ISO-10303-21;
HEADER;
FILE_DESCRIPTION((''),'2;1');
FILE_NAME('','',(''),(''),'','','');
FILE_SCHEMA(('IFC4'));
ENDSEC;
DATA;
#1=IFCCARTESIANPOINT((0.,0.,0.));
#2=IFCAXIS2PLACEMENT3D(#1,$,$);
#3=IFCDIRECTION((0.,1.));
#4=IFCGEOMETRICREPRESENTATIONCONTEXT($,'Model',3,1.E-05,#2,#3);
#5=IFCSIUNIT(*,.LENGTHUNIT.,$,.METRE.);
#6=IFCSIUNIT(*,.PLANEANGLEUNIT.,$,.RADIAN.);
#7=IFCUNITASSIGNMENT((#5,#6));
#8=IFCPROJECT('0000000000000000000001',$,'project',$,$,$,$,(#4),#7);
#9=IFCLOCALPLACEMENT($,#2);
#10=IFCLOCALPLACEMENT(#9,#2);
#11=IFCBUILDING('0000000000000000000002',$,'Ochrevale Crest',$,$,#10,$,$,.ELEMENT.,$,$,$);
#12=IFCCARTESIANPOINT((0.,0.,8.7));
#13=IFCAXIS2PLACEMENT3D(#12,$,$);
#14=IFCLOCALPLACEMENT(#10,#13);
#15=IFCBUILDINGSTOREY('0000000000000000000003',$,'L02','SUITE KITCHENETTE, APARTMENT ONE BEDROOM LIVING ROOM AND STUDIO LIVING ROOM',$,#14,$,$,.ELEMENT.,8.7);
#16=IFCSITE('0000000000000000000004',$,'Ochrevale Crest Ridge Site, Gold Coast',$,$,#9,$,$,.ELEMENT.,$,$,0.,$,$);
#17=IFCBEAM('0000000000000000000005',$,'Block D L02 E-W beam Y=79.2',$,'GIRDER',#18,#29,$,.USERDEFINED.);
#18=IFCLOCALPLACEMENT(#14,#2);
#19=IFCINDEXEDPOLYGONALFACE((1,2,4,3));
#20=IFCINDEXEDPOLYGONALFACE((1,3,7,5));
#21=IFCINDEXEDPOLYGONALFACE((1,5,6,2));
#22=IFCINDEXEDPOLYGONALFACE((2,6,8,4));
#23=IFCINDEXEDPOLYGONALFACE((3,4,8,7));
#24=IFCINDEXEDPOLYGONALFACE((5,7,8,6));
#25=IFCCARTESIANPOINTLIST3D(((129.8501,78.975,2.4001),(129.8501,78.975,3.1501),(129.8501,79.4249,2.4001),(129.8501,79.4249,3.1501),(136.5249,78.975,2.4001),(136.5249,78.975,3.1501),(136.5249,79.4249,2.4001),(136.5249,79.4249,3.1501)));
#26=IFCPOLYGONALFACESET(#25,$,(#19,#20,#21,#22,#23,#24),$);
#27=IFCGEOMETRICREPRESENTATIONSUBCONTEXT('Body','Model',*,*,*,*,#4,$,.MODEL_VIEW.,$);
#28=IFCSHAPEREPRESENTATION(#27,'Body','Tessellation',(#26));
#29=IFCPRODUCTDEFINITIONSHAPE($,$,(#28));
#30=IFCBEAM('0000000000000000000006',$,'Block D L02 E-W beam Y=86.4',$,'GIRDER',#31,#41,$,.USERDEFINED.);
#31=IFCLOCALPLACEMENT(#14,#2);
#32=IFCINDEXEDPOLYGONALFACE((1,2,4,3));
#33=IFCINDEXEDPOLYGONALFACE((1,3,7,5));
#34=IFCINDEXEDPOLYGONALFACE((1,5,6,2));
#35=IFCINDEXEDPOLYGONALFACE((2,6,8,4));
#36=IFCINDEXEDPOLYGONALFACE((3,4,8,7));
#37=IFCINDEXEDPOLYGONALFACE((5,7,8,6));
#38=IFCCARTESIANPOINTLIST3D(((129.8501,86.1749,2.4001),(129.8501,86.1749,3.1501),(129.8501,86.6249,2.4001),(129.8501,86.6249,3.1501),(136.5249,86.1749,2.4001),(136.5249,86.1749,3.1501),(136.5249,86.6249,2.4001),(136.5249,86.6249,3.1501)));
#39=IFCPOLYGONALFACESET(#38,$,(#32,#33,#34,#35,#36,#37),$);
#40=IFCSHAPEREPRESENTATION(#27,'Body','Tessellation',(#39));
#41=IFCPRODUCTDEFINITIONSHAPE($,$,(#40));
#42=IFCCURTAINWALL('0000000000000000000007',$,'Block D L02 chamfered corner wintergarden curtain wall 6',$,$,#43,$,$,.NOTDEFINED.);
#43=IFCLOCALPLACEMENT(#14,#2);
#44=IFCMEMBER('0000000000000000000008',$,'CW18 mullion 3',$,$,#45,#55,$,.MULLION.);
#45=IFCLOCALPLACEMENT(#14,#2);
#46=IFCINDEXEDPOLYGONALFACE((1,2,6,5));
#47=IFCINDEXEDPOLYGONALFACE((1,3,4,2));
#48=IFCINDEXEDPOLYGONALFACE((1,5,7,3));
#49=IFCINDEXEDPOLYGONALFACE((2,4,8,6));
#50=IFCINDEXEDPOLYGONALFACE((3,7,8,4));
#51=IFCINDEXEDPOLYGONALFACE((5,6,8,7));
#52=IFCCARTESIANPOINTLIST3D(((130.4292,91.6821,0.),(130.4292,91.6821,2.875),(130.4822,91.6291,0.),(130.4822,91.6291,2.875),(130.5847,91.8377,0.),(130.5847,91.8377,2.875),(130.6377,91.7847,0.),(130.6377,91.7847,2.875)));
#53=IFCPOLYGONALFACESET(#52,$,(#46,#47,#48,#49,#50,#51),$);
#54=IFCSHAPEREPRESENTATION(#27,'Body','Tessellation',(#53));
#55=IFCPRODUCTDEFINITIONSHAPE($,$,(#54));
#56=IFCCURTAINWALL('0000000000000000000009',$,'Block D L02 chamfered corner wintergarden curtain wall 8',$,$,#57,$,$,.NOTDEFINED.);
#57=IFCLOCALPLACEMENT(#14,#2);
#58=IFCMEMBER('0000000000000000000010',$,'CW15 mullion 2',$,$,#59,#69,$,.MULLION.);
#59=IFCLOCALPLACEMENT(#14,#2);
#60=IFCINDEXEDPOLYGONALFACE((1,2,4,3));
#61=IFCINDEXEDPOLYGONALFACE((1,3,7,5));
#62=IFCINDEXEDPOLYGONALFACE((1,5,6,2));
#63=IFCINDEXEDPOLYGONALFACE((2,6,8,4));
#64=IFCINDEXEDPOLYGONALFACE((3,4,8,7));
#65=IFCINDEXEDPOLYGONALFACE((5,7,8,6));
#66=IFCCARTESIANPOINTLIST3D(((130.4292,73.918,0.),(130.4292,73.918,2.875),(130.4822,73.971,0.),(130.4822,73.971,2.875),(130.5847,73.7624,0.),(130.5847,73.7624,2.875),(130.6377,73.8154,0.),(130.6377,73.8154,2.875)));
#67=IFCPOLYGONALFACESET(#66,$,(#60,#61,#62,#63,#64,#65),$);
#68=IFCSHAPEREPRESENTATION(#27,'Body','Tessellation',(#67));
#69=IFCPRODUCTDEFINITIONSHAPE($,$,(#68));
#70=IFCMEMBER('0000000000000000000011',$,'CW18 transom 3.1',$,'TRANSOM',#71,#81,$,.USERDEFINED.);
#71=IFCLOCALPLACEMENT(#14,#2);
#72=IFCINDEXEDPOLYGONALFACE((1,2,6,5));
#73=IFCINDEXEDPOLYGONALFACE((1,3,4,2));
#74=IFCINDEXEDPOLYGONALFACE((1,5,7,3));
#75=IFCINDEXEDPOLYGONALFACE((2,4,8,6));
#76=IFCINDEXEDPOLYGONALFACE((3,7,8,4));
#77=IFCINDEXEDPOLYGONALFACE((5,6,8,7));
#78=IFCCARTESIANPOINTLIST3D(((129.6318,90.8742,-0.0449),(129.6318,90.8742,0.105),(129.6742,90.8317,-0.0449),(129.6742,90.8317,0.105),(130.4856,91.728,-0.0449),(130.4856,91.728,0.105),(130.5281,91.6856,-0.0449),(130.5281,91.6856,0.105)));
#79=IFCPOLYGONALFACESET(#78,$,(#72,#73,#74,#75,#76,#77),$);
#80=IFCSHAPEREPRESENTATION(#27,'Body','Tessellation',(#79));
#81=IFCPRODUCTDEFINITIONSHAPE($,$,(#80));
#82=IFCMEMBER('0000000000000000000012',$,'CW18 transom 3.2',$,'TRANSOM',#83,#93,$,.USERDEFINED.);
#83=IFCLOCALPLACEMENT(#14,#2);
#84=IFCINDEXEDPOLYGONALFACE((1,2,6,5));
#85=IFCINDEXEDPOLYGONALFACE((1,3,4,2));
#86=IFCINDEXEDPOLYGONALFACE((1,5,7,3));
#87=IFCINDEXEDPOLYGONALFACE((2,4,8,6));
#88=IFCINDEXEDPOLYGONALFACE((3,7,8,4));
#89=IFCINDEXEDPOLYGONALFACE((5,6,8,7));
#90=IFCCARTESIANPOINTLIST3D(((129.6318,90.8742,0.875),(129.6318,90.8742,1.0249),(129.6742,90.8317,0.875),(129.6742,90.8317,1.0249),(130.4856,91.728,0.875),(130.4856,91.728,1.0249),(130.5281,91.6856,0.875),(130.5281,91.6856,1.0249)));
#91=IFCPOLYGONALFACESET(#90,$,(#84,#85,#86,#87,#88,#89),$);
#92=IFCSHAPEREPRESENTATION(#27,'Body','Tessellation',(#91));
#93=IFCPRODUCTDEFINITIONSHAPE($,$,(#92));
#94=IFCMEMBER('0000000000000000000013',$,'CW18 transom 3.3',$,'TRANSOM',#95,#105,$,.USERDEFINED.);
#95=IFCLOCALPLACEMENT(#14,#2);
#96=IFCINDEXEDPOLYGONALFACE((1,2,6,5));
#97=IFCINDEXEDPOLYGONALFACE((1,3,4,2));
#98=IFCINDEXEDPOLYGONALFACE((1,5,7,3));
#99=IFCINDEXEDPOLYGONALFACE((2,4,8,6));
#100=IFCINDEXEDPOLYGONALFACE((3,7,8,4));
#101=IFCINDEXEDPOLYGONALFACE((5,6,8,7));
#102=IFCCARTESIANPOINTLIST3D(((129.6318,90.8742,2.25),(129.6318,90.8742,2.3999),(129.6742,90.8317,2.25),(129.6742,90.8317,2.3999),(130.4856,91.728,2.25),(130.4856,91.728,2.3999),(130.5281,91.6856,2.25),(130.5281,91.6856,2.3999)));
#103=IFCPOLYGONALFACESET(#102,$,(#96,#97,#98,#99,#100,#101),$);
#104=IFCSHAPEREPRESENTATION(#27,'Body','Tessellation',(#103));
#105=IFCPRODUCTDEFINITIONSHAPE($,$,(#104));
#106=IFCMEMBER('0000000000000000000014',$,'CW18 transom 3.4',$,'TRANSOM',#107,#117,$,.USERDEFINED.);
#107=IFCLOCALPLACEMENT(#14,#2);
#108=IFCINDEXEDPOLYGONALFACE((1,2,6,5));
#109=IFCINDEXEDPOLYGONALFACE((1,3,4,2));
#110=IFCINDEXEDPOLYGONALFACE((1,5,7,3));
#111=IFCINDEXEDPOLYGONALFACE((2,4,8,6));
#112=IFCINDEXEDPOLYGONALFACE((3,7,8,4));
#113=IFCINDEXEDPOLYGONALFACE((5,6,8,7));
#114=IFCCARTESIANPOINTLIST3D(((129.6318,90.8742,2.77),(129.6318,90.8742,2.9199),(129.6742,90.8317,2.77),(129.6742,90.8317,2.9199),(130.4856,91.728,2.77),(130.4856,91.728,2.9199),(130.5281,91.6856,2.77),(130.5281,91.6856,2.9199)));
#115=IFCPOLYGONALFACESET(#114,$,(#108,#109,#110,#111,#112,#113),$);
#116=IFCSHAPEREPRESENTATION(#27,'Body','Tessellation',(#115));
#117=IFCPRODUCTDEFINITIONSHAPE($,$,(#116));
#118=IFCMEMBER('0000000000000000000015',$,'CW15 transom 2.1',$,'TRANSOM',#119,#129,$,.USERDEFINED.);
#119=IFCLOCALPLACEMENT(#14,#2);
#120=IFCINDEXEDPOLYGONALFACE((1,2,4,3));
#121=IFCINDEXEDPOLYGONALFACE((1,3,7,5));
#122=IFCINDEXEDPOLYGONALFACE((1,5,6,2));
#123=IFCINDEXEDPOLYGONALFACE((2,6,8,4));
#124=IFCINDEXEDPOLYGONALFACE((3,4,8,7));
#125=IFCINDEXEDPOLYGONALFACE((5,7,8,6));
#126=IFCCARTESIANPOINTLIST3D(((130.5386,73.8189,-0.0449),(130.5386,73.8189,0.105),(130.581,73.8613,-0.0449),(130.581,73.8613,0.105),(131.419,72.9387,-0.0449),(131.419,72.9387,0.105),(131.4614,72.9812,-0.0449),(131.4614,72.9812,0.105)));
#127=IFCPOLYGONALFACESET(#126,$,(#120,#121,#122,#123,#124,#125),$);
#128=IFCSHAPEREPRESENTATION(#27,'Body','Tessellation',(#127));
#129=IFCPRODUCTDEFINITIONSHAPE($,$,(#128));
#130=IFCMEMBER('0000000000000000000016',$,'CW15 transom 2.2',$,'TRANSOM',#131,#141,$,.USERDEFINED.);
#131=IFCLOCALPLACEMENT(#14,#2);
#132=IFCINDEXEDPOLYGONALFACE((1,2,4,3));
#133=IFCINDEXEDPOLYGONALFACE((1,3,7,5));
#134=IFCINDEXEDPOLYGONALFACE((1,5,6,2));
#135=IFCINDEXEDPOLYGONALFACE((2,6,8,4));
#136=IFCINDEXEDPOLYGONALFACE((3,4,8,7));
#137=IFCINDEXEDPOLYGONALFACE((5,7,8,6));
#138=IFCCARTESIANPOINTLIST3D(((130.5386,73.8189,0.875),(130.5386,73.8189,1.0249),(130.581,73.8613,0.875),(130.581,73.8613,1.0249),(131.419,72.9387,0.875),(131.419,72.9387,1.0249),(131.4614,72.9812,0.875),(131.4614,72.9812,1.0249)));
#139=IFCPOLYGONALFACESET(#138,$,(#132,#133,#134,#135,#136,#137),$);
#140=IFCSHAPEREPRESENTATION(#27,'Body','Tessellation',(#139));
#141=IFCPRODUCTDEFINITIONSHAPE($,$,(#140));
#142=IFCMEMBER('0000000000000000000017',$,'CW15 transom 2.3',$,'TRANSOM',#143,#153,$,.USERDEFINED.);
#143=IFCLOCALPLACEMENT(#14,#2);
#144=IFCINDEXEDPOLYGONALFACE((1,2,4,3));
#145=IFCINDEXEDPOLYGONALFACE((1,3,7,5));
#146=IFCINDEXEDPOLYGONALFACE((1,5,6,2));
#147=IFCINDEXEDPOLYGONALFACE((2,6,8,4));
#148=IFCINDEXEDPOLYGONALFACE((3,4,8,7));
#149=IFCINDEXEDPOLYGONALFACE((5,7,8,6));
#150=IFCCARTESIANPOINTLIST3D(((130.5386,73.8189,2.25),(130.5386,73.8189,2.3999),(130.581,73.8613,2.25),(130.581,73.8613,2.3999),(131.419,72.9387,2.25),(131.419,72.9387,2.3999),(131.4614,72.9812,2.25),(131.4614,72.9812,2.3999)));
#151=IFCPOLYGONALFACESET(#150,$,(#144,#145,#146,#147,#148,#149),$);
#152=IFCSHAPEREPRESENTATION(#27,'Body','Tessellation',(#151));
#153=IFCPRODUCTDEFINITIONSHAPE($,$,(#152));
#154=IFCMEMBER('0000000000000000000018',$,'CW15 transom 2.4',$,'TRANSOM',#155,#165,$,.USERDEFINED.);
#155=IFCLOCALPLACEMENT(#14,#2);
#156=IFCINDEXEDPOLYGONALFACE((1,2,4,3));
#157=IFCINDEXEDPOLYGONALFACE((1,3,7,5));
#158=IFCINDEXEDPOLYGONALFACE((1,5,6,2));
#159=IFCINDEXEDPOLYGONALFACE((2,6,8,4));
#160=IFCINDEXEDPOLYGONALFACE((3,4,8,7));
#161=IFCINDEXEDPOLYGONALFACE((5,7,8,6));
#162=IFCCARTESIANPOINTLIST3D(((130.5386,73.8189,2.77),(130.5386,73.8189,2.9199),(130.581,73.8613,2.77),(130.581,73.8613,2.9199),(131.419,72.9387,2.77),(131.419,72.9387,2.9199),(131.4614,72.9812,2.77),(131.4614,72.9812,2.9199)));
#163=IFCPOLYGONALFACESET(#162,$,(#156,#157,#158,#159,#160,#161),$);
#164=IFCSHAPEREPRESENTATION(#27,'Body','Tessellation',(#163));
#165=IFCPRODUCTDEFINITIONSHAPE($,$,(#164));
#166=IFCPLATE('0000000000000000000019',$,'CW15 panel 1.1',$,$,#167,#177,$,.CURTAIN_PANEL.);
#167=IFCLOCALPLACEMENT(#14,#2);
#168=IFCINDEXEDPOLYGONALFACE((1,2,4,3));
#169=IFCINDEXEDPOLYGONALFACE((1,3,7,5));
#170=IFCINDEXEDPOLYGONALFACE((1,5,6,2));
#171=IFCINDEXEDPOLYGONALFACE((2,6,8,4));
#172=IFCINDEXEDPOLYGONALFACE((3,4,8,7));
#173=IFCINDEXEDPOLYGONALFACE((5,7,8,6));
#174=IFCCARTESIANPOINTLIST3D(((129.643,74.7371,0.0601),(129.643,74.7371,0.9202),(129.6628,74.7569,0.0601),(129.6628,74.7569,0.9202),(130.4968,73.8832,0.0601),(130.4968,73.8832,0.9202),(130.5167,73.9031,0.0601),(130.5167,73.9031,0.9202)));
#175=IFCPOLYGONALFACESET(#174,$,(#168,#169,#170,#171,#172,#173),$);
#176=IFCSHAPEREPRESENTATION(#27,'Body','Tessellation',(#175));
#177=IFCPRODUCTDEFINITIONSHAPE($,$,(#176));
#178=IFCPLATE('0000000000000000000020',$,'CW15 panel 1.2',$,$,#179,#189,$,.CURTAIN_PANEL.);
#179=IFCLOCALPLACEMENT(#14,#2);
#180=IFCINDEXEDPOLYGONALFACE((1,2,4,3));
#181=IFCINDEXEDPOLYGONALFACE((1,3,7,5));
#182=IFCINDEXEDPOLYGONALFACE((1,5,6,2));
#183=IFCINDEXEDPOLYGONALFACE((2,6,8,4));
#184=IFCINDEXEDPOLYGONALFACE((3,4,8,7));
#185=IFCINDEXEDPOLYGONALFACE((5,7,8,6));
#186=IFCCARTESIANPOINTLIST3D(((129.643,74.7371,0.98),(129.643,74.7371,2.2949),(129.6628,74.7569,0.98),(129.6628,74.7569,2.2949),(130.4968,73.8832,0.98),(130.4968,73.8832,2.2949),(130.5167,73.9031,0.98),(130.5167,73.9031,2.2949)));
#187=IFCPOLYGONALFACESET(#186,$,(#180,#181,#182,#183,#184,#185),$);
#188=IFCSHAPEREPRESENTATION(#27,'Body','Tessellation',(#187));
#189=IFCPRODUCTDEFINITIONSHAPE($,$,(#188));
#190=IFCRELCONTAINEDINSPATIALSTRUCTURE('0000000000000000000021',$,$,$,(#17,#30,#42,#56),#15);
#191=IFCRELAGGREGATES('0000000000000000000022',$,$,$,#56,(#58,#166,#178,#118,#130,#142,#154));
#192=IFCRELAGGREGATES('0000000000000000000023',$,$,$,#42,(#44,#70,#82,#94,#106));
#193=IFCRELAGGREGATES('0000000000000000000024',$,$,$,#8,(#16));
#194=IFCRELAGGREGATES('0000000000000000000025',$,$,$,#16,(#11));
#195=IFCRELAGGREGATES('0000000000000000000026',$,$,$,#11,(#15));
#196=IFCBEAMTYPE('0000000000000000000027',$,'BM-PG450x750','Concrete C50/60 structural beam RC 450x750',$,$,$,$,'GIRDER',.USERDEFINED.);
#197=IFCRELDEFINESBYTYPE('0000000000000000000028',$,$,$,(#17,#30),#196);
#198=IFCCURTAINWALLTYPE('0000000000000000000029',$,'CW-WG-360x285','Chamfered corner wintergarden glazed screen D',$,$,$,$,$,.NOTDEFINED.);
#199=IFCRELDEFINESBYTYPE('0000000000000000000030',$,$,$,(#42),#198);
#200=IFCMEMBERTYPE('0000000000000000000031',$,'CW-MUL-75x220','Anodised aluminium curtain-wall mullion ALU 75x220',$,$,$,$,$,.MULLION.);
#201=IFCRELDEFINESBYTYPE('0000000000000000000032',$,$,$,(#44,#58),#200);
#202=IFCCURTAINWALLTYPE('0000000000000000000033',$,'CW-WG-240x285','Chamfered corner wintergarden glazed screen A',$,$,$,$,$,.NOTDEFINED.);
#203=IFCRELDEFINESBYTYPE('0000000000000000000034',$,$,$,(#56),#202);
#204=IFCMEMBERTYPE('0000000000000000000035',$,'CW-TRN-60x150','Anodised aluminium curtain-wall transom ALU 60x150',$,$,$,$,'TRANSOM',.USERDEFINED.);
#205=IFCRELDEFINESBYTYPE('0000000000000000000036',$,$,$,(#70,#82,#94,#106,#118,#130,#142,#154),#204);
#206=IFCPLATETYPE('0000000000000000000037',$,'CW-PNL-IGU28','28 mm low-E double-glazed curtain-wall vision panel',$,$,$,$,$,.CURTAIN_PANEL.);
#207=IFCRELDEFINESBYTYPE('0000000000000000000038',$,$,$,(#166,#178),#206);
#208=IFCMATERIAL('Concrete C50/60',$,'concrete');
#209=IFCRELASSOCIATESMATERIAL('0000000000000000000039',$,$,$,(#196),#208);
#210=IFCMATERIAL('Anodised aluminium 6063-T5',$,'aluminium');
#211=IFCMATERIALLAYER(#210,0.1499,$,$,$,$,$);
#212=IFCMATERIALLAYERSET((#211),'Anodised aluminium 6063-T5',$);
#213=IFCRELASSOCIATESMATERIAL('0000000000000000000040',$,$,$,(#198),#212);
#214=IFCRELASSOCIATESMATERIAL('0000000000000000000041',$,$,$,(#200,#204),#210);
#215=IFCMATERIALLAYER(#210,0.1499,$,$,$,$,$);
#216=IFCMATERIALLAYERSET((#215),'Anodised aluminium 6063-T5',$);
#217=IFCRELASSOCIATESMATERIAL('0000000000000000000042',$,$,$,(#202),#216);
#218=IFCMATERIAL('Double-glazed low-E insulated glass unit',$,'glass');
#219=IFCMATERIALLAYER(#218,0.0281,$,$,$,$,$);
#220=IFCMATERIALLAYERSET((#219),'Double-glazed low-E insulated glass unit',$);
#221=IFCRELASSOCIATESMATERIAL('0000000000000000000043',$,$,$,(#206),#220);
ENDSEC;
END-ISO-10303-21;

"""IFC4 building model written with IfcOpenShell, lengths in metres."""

from ifc_helpers import new_model, si_unit, direction, frame, origin, origin_2d, place, context, subcontext, project, spatial, rectangle, extrude, material, layer, layer_set, material_profile, profile_set, type_object, element, aggregate, save


model = new_model("IFC4")

# Units and contexts
model_context = context("Model", 3, precision=1e-05, world=origin(), true_north=direction((0.0, 1.0)))
body_context = subcontext(model_context, "Body", "Model", "MODEL_VIEW")
ifc_project = project(units=[si_unit("LENGTHUNIT", "METRE"), si_unit("PLANEANGLEUNIT", "RADIAN")], contexts=[model_context])

# Site, building, storey
site_placement = place(None, origin())
site = spatial("IfcSite", under=ifc_project, at=site_placement, Name="Ochrevale Crest Ridge Site, Gold Coast", CompositionType="ELEMENT", RefElevation=0.0)
building_placement = place(site_placement, origin())
building = spatial("IfcBuilding", under=site, at=building_placement, Name="Ochrevale Crest", CompositionType="ELEMENT")
storey_placement = place(building_placement, frame((0.0, 0.0, 8.7)))
storey = spatial("IfcBuildingStorey", under=building, at=storey_placement, Name="L02", Description="SUITE KITCHENETTE, APARTMENT ONE BEDROOM LIVING ROOM AND STUDIO LIVING ROOM", CompositionType="ELEMENT", Elevation=8.7)

# Beams
ifc_material_1 = material(Name="Concrete C50/60", Category="concrete")
ifc_material_profile_1 = material_profile(ifc_material_1, rectangle(XDim=0.45, YDim=0.75, at=origin_2d()), Name="RC 450x750")
ifc_profile_set_1 = profile_set([ifc_material_profile_1], Name="Concrete C50/60")
beam_type = type_object("IfcBeamType", Name="BM-PG450x750", Description="Concrete C50/60 structural beam RC 450x750", ElementType="GIRDER", PredefinedType="USERDEFINED", material=ifc_profile_set_1)
for number, where, z_axis, x_axis, name in (
    (1, (129.8501, 79.2, 2.7751), (1.0, 0.0, 0.0), (0.0, 1.0, 0.0), "Block D L02 E-W beam Y=79.2"),
    (2, (129.8501, 86.3999, 2.7751), (1.0, 0.0, 0.0), (0.0, 1.0, 0.0), "Block D L02 E-W beam Y=86.4"),
):
    element("IfcBeam", number, at=place(storey_placement, frame(where, z_axis=z_axis, x_axis=x_axis)), inside=storey, type_object=beam_type, Name=name, ObjectType="GIRDER", PredefinedType="USERDEFINED", context=body_context, shape_type="SweptSolid", body=[
        extrude(rectangle(XDim=0.45, YDim=0.75, at=origin_2d()), origin(), (0.0, 0.0, 1.0), 6.6748),
    ])

# Curtain walls, members
ifc_material_2 = material(Name="Anodised aluminium 6063-T5", Category="aluminium")
ifc_layer_1 = layer(ifc_material_2, 0.1499)
ifc_layer_set_1 = layer_set([ifc_layer_1], Name="Anodised aluminium 6063-T5")
curtain_wall_type_1 = type_object("IfcCurtainWallType", Name="CW-WG-360x285", Description="Chamfered corner wintergarden glazed screen D", PredefinedType="NOTDEFINED", material=ifc_layer_set_1)
curtain_wall_1_placement = place(storey_placement, origin())
curtain_wall_1 = element("IfcCurtainWall", 3, at=curtain_wall_1_placement, inside=storey, type_object=curtain_wall_type_1, Name="Block D L02 chamfered corner wintergarden curtain wall 6", PredefinedType="NOTDEFINED")
ifc_material_profile_2 = material_profile(ifc_material_2, rectangle(XDim=0.075, YDim=0.22, at=origin_2d()), Name="ALU 75x220")
ifc_profile_set_2 = profile_set([ifc_material_profile_2], Name="Anodised aluminium 6063-T5")
member_type_1 = type_object("IfcMemberType", Name="CW-MUL-75x220", Description="Anodised aluminium curtain-wall mullion ALU 75x220", PredefinedType="MULLION", material=ifc_profile_set_2)
member_1_placement = place(storey_placement, frame((130.5334, 91.7334, 0.0), z_axis=(0.0, 0.0, 1.0), x_axis=(0.707107, -0.707107, 0.0)))
member_1 = element("IfcMember", 4, at=member_1_placement, type_object=member_type_1, Name="CW18 mullion 3", PredefinedType="MULLION", context=body_context, shape_type="SweptSolid", body=[
    extrude(rectangle(XDim=0.075, YDim=0.22, at=origin_2d()), origin(), (0.0, 0.0, 1.0), 2.875),
])
ifc_layer_2 = layer(ifc_material_2, 0.1499)
ifc_layer_set_2 = layer_set([ifc_layer_2], Name="Anodised aluminium 6063-T5")
curtain_wall_type_2 = type_object("IfcCurtainWallType", Name="CW-WG-240x285", Description="Chamfered corner wintergarden glazed screen A", PredefinedType="NOTDEFINED", material=ifc_layer_set_2)
curtain_wall_2_placement = place(storey_placement, origin())
curtain_wall_2 = element("IfcCurtainWall", 5, at=curtain_wall_2_placement, inside=storey, type_object=curtain_wall_type_2, Name="Block D L02 chamfered corner wintergarden curtain wall 8", PredefinedType="NOTDEFINED")
member_2_placement = place(storey_placement, frame((130.5334, 73.8667, 0.0), z_axis=(0.0, 0.0, 1.0), x_axis=(0.707107, 0.707107, 0.0)))
member_2 = element("IfcMember", 6, at=member_2_placement, type_object=member_type_1, Name="CW15 mullion 2", PredefinedType="MULLION", context=body_context, shape_type="SweptSolid", body=[
    extrude(rectangle(XDim=0.075, YDim=0.22, at=origin_2d()), origin(), (0.0, 0.0, 1.0), 2.875),
])

# Members
ifc_material_profile_3 = material_profile(ifc_material_2, rectangle(XDim=0.0601, YDim=0.1499, at=origin_2d()), Name="ALU 60x150")
ifc_profile_set_3 = profile_set([ifc_material_profile_3], Name="Anodised aluminium 6063-T5")
member_type_2 = type_object("IfcMemberType", Name="CW-TRN-60x150", Description="Anodised aluminium curtain-wall transom ALU 60x150", ElementType="TRANSOM", PredefinedType="USERDEFINED", material=ifc_profile_set_3)
member_3_placement = place(storey_placement, frame((130.5068, 91.7068, 0.03), z_axis=(-0.707107, -0.707107, 0.0), x_axis=(0.707107, -0.707107, 0.0)))
member_3 = element("IfcMember", 7, at=member_3_placement, type_object=member_type_2, Name="CW18 transom 3.1", ObjectType="TRANSOM", PredefinedType="USERDEFINED", context=body_context, shape_type="SweptSolid", body=[
    extrude(rectangle(XDim=0.0601, YDim=0.1499, at=origin_2d()), origin(), (0.0, 0.0, 1.0), 1.2075),
])
member_4_placement = place(storey_placement, frame((130.5068, 91.7068, 0.95), z_axis=(-0.707107, -0.707107, 0.0), x_axis=(0.707107, -0.707107, 0.0)))
member_4 = element("IfcMember", 8, at=member_4_placement, type_object=member_type_2, Name="CW18 transom 3.2", ObjectType="TRANSOM", PredefinedType="USERDEFINED", context=body_context, shape_type="SweptSolid", body=[
    extrude(rectangle(XDim=0.0601, YDim=0.1499, at=origin_2d()), origin(), (0.0, 0.0, 1.0), 1.2075),
])
member_5_placement = place(storey_placement, frame((130.5068, 91.7068, 2.325), z_axis=(-0.707107, -0.707107, 0.0), x_axis=(0.707107, -0.707107, 0.0)))
member_5 = element("IfcMember", 9, at=member_5_placement, type_object=member_type_2, Name="CW18 transom 3.3", ObjectType="TRANSOM", PredefinedType="USERDEFINED", context=body_context, shape_type="SweptSolid", body=[
    extrude(rectangle(XDim=0.0601, YDim=0.1499, at=origin_2d()), origin(), (0.0, 0.0, 1.0), 1.2075),
])
member_6_placement = place(storey_placement, frame((130.5068, 91.7068, 2.845), z_axis=(-0.707107, -0.707107, 0.0), x_axis=(0.707107, -0.707107, 0.0)))
member_6 = element("IfcMember", 10, at=member_6_placement, type_object=member_type_2, Name="CW18 transom 3.4", ObjectType="TRANSOM", PredefinedType="USERDEFINED", context=body_context, shape_type="SweptSolid", body=[
    extrude(rectangle(XDim=0.0601, YDim=0.1499, at=origin_2d()), origin(), (0.0, 0.0, 1.0), 1.2075),
])
member_7_placement = place(storey_placement, frame((130.5598, 73.8401, 0.03), z_axis=(0.707205, -0.707009, 0.0), x_axis=(0.707009, 0.707205, 0.0)))
member_7 = element("IfcMember", 11, at=member_7_placement, type_object=member_type_2, Name="CW15 transom 2.1", ObjectType="TRANSOM", PredefinedType="USERDEFINED", context=body_context, shape_type="SweptSolid", body=[
    extrude(rectangle(XDim=0.0601, YDim=0.1499, at=origin_2d()), origin(), (0.0, 0.0, 1.0), 1.2449),
])
member_8_placement = place(storey_placement, frame((130.5598, 73.8401, 0.95), z_axis=(0.707205, -0.707009, 0.0), x_axis=(0.707009, 0.707205, 0.0)))
member_8 = element("IfcMember", 12, at=member_8_placement, type_object=member_type_2, Name="CW15 transom 2.2", ObjectType="TRANSOM", PredefinedType="USERDEFINED", context=body_context, shape_type="SweptSolid", body=[
    extrude(rectangle(XDim=0.0601, YDim=0.1499, at=origin_2d()), origin(), (0.0, 0.0, 1.0), 1.2449),
])
member_9_placement = place(storey_placement, frame((130.5598, 73.8401, 2.325), z_axis=(0.707205, -0.707009, 0.0), x_axis=(0.707009, 0.707205, 0.0)))
member_9 = element("IfcMember", 13, at=member_9_placement, type_object=member_type_2, Name="CW15 transom 2.3", ObjectType="TRANSOM", PredefinedType="USERDEFINED", context=body_context, shape_type="SweptSolid", body=[
    extrude(rectangle(XDim=0.0601, YDim=0.1499, at=origin_2d()), origin(), (0.0, 0.0, 1.0), 1.2449),
])
member_10_placement = place(storey_placement, frame((130.5598, 73.8401, 2.845), z_axis=(0.707205, -0.707009, 0.0), x_axis=(0.707009, 0.707205, 0.0)))
member_10 = element("IfcMember", 14, at=member_10_placement, type_object=member_type_2, Name="CW15 transom 2.4", ObjectType="TRANSOM", PredefinedType="USERDEFINED", context=body_context, shape_type="SweptSolid", body=[
    extrude(rectangle(XDim=0.0601, YDim=0.1499, at=origin_2d()), origin(), (0.0, 0.0, 1.0), 1.2449),
])

# Plates
ifc_material_3 = material(Name="Double-glazed low-E insulated glass unit", Category="glass")
ifc_layer_3 = layer(ifc_material_3, 0.0281)
ifc_layer_set_3 = layer_set([ifc_layer_3], Name="Double-glazed low-E insulated glass unit")
plate_type_1 = type_object("IfcPlateType", Name="CW-PNL-IGU28", Description="28 mm low-E double-glazed curtain-wall vision panel", PredefinedType="CURTAIN_PANEL", material=ifc_layer_set_3)
plate_1_placement = place(storey_placement, frame((130.0798, 74.3201, 0.0601), z_axis=(0.0, 0.0, 1.0), x_axis=(0.707107, -0.707107, 0.0)))
plate_1 = element("IfcPlate", 15, at=plate_1_placement, type_object=plate_type_1, Name="CW15 panel 1.1", PredefinedType="CURTAIN_PANEL", context=body_context, shape_type="SweptSolid", body=[
    extrude(rectangle(XDim=1.2075, YDim=0.0281, at=origin_2d()), origin(), (0.0, 0.0, 1.0), 0.8601),
])
plate_2_placement = place(storey_placement, frame((130.0798, 74.3201, 0.98), z_axis=(0.0, 0.0, 1.0), x_axis=(0.707107, -0.707107, 0.0)))
plate_2 = element("IfcPlate", 16, at=plate_2_placement, type_object=plate_type_1, Name="CW15 panel 1.2", PredefinedType="CURTAIN_PANEL", context=body_context, shape_type="SweptSolid", body=[
    extrude(rectangle(XDim=1.2075, YDim=0.0281, at=origin_2d()), origin(), (0.0, 0.0, 1.0), 1.3149),
])
aggregate(curtain_wall_2, [member_2, plate_1, plate_2, member_7, member_8, member_9, member_10])
aggregate(curtain_wall_1, [member_1, member_3, member_4, member_5, member_6])

save(model, "model.ifc")
